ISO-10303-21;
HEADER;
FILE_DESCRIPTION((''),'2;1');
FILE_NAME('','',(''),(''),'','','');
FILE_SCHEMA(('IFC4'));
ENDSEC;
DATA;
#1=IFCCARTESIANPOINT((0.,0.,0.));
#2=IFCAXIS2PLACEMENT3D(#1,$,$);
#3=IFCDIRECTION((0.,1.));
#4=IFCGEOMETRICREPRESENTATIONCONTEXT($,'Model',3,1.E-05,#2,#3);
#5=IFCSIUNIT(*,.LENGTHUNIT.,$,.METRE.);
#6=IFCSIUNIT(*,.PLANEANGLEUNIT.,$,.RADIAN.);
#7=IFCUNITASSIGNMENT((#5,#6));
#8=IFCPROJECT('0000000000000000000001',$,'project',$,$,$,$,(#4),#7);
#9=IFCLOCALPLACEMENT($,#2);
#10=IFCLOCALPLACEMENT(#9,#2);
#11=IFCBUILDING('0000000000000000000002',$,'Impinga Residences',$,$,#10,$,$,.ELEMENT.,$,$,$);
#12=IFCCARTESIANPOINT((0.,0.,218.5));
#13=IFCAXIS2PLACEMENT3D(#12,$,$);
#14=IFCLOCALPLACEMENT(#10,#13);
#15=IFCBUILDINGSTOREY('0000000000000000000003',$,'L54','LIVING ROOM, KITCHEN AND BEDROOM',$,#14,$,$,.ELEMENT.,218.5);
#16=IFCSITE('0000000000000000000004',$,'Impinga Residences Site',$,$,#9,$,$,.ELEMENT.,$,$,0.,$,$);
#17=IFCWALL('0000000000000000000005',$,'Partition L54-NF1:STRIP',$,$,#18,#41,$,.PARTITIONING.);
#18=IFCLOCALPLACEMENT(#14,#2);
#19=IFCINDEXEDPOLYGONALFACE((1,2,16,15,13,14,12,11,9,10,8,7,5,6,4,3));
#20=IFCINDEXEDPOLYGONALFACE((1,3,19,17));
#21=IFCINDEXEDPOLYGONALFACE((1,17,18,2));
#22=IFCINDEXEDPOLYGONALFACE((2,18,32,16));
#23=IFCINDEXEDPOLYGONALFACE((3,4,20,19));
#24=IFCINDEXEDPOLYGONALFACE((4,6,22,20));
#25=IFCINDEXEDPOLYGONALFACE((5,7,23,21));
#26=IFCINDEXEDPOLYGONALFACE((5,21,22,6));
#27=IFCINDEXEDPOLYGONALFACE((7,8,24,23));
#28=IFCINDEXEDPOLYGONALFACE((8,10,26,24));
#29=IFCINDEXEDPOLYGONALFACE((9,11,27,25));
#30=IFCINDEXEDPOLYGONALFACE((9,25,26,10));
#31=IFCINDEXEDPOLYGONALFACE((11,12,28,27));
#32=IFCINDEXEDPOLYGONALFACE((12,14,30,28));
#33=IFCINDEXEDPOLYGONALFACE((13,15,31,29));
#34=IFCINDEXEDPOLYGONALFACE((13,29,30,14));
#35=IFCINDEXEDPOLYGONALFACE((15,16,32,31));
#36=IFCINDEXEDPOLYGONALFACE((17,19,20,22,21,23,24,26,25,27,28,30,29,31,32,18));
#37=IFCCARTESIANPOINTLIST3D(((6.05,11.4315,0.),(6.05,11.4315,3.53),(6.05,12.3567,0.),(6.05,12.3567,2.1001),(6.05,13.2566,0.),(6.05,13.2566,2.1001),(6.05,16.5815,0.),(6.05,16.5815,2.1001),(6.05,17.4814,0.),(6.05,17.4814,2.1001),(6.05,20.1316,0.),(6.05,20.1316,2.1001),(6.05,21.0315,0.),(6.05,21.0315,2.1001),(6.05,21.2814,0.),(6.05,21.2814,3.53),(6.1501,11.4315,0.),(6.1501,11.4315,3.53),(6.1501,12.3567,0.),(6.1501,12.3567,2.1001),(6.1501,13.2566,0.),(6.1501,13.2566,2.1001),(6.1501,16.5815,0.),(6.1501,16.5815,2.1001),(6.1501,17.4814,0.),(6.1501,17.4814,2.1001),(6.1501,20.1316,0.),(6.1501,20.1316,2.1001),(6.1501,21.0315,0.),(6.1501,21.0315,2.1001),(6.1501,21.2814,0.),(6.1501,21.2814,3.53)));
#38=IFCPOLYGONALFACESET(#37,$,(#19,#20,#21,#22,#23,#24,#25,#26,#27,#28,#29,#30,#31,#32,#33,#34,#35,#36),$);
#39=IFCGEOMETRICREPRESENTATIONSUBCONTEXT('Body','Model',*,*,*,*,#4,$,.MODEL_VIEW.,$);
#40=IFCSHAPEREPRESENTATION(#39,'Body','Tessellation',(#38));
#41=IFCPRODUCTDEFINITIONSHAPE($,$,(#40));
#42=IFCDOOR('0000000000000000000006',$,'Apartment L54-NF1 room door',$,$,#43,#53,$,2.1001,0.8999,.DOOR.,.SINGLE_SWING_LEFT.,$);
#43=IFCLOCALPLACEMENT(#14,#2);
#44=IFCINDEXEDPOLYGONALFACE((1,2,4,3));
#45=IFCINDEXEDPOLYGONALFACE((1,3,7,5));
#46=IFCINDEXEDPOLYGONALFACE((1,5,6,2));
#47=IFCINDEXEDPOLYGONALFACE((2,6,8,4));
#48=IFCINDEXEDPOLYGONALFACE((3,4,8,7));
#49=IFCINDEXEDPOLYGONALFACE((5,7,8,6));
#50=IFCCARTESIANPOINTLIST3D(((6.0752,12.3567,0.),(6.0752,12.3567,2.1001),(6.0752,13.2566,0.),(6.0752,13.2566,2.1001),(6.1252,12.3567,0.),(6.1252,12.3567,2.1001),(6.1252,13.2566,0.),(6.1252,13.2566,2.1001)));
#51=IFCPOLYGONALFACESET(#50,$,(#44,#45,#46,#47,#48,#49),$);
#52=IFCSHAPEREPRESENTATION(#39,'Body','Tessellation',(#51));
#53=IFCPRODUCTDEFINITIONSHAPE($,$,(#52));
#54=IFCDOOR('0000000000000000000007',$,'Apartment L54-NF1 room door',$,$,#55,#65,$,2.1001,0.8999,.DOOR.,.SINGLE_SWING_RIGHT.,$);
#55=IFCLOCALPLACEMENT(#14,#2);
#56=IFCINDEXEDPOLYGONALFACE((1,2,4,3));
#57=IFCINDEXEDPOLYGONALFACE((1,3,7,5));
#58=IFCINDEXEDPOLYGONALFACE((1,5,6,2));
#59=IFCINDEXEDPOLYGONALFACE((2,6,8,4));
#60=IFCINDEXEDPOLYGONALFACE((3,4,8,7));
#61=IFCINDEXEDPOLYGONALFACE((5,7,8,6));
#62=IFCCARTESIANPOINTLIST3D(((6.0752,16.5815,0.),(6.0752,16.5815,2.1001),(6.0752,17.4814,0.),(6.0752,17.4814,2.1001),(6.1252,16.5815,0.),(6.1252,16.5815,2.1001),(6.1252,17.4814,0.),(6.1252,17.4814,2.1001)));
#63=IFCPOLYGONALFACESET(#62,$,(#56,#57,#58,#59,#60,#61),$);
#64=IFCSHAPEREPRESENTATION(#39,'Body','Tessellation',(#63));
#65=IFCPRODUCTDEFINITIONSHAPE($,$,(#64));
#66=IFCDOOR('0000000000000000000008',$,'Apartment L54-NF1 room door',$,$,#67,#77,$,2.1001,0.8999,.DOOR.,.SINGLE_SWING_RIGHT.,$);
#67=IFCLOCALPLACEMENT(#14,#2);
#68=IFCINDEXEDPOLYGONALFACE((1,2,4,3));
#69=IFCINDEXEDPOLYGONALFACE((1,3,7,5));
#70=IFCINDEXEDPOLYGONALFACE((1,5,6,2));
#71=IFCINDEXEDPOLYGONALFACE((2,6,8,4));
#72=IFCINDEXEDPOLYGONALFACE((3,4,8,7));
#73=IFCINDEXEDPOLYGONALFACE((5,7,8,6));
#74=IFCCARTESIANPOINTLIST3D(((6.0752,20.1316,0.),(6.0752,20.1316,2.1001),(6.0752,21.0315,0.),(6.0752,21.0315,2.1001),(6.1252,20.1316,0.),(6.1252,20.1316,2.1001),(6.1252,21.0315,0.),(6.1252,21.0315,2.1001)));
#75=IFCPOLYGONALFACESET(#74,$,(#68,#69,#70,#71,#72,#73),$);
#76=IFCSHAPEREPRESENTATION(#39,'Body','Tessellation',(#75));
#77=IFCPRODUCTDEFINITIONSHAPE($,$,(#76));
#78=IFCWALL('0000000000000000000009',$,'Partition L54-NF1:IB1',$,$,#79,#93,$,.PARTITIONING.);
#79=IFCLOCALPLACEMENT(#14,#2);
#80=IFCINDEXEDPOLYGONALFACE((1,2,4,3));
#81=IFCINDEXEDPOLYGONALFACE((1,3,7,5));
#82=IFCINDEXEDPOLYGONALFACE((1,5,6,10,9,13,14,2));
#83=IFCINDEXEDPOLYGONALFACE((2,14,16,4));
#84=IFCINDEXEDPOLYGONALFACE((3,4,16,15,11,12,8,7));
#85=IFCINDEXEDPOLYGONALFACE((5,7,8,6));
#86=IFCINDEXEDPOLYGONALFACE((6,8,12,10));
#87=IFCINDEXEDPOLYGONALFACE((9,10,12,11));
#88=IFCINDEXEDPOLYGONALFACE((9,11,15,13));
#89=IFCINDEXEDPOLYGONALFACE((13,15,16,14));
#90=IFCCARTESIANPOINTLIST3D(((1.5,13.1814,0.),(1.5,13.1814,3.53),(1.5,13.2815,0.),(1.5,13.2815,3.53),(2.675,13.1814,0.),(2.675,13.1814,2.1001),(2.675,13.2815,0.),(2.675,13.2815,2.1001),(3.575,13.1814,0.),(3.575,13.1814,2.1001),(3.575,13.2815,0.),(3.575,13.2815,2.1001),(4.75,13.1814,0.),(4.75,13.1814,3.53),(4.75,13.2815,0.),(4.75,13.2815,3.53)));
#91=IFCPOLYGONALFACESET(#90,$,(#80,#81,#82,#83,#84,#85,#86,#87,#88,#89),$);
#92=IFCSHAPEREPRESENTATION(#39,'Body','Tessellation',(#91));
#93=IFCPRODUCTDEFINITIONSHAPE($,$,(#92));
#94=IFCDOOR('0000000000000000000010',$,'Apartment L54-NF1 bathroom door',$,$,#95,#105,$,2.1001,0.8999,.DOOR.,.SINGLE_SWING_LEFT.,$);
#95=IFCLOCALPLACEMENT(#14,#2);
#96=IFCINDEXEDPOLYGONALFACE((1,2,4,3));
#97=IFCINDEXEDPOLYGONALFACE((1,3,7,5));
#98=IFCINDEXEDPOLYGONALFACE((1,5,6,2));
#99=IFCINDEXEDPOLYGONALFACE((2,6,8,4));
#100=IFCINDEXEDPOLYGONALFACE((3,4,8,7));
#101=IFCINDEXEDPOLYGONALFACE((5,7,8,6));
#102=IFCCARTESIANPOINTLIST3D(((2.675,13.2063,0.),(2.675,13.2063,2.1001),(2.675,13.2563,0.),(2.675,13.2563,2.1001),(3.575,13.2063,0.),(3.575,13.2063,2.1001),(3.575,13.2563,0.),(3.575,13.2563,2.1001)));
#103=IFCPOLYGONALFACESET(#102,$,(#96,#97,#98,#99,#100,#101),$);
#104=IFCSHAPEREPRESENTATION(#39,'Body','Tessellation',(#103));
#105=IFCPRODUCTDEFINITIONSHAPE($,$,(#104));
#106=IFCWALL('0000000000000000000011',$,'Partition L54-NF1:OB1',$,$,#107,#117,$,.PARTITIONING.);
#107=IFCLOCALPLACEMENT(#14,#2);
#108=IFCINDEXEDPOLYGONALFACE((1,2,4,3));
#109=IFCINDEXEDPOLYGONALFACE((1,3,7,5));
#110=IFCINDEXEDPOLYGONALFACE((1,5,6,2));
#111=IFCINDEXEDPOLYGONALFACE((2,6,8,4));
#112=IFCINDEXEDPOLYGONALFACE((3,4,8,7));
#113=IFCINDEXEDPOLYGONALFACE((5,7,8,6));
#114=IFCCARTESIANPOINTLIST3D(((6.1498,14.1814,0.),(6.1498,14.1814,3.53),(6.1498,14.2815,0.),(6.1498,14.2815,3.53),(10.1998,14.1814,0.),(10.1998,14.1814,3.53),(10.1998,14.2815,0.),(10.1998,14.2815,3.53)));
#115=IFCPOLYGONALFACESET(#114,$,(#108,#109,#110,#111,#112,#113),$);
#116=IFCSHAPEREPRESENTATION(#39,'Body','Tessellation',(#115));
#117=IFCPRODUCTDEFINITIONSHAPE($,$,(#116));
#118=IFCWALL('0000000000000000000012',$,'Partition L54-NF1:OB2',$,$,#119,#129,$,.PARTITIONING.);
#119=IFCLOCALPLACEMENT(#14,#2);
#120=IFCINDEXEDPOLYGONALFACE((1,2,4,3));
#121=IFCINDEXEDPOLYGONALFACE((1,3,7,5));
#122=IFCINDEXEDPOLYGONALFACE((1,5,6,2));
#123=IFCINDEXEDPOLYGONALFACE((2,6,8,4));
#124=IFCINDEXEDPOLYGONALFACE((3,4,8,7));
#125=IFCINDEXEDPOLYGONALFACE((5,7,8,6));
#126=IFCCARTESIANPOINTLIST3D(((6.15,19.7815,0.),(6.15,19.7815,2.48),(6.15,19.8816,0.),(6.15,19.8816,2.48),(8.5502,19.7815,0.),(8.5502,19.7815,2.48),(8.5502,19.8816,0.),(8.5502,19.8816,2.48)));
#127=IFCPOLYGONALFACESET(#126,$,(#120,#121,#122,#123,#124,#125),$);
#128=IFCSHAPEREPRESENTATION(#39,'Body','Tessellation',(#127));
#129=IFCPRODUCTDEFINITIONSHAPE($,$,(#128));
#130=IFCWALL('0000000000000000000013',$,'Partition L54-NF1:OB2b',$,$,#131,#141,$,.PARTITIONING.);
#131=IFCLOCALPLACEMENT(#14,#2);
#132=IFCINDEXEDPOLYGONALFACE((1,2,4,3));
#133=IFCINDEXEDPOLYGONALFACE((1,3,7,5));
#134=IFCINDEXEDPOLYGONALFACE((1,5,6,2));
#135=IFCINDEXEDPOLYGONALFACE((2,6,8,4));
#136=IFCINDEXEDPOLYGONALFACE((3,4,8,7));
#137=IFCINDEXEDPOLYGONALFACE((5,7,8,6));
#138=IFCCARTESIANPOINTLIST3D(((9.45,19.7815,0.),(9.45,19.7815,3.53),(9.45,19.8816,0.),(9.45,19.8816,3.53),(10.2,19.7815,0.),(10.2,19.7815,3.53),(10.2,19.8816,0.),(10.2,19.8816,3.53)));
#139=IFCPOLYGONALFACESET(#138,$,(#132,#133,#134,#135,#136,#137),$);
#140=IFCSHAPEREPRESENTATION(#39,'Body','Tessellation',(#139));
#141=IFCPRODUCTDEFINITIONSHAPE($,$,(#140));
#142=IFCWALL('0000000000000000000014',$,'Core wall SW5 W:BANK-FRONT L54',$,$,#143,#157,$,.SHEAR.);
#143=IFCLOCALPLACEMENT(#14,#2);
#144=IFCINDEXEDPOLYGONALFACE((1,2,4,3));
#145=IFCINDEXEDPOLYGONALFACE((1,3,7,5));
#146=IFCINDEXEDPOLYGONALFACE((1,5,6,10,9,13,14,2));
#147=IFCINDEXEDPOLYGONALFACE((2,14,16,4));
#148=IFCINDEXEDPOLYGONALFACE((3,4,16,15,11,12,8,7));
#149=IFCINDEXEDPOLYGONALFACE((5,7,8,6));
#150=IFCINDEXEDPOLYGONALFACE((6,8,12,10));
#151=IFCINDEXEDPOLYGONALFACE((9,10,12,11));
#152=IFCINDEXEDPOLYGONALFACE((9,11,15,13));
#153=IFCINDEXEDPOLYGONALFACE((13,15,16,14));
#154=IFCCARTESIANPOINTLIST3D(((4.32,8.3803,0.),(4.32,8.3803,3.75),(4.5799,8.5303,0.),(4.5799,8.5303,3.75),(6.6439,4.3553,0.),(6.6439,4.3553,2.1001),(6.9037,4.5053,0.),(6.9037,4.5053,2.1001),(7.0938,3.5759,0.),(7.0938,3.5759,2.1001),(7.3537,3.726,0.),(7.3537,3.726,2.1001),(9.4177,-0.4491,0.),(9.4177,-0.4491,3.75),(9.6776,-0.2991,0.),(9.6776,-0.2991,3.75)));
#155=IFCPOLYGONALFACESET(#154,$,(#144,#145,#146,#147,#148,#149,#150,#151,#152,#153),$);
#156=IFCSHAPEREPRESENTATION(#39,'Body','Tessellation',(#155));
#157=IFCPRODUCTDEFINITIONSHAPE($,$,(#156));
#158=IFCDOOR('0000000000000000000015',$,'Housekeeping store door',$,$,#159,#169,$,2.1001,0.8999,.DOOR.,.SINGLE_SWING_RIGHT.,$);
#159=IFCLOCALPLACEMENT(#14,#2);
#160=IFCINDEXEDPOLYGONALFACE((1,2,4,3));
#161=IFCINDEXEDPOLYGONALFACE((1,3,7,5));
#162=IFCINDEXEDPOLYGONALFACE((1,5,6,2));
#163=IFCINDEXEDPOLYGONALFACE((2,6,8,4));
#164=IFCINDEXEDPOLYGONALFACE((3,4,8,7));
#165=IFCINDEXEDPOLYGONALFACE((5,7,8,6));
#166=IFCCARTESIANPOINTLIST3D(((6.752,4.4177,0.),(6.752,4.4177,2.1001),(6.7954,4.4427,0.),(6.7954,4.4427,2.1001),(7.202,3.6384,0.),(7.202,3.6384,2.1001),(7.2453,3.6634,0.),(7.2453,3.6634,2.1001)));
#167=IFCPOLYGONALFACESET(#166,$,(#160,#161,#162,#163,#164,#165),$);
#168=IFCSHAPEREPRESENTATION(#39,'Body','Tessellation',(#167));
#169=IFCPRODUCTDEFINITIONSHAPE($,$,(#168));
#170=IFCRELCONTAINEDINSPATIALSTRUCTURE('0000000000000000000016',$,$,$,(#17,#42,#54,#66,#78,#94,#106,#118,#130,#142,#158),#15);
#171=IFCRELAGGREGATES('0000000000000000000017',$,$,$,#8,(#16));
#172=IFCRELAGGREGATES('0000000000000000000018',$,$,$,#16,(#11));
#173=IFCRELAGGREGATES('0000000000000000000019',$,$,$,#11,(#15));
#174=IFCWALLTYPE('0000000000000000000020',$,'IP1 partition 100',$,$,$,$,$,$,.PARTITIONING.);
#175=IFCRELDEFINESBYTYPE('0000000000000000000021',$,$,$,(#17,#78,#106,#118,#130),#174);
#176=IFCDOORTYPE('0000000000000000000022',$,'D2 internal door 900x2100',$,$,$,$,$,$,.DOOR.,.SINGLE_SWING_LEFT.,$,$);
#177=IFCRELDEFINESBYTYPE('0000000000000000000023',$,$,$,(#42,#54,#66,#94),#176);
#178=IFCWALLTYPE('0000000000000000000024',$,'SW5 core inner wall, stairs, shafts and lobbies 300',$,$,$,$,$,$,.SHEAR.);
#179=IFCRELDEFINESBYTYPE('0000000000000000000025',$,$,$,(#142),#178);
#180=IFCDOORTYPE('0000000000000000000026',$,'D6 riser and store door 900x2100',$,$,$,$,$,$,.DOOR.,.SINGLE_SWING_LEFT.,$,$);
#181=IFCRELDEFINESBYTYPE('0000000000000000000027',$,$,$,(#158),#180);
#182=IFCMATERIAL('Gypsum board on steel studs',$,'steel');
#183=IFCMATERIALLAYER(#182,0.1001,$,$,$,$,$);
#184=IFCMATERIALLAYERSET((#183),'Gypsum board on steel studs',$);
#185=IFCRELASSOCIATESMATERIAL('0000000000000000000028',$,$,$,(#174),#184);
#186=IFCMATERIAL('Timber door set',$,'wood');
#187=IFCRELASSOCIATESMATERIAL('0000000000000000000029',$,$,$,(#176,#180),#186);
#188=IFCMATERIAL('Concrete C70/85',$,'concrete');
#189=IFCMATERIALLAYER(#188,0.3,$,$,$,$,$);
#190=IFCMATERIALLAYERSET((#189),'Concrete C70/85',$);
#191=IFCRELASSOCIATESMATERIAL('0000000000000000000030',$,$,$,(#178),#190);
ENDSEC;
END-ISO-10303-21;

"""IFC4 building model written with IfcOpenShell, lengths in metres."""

from ifc_helpers import new_model, si_unit, direction, frame, frame_2d, origin, place, context, subcontext, project, spatial, rectangle, extrude, material, layer, layer_set, type_object, element, fill, save


model = new_model("IFC4")

# Units and contexts
model_context = context("Model", 3, precision=1e-05, world=origin(), true_north=direction((0.0, 1.0)))
body_context = subcontext(model_context, "Body", "Model", "MODEL_VIEW")
ifc_project = project(units=[si_unit("LENGTHUNIT", "METRE"), si_unit("PLANEANGLEUNIT", "RADIAN")], contexts=[model_context])

# Site, building, storey
site_placement = place(None, origin())
site = spatial("IfcSite", under=ifc_project, at=site_placement, Name="Impinga Residences Site", CompositionType="ELEMENT", RefElevation=0.0)
building_placement = place(site_placement, origin())
building = spatial("IfcBuilding", under=site, at=building_placement, Name="Impinga Residences", CompositionType="ELEMENT")
storey_placement = place(building_placement, frame((0.0, 0.0, 218.5)))
storey = spatial("IfcBuildingStorey", under=building, at=storey_placement, Name="L54", Description="LIVING ROOM, KITCHEN AND BEDROOM", CompositionType="ELEMENT", Elevation=218.5)

# Shared definitions
ifc_material_1 = material(Name="Timber door set", Category="wood")

# Shared definitions
ifc_material_2 = material(Name="Gypsum board on steel studs", Category="steel")
ifc_layer_1 = layer(ifc_material_2, 0.1001)
ifc_layer_set_1 = layer_set([ifc_layer_1], Name="Gypsum board on steel studs")
wall_type_1 = type_object("IfcWallType", Name="IP1 partition 100", PredefinedType="PARTITIONING", material=ifc_layer_set_1)

# Wall, openings, doors
wall_1_placement = place(storey_placement, frame((6.1001, 11.4316, 0.0), z_axis=(0.0, 0.0, 1.0), x_axis=(0.0, 1.0, 0.0)))
wall_1 = element("IfcWall", 1, at=wall_1_placement, inside=storey, type_object=wall_type_1, Name="Partition L54-NF1:STRIP", PredefinedType="PARTITIONING", context=body_context, shape_type="SweptSolid", body=[
    extrude(rectangle(XDim=9.8499, YDim=0.1001, at=frame_2d((4.9248, 0.0))), origin(), (0.0, 0.0, 1.0), 3.53),
])
opening_1_placement = place(wall_1_placement, frame((0.925, 0.0, 0.0)))
opening_1 = element("IfcOpeningElement", 2, at=opening_1_placement, cuts=wall_1, PredefinedType="OPENING", context=body_context, shape_type="SweptSolid", body=[
    extrude(rectangle(XDim=0.8999, YDim=2.1001, at=frame_2d((0.45, 1.05))), frame((0.0, 0.0601, 0.0), z_axis=(0.0, -1.0, 0.0), x_axis=(1.0, 0.0, 0.0)), (0.0, 0.0, 1.0), 0.1201),
])
opening_2_placement = place(wall_1_placement, frame((5.1499, 0.0, 0.0)))
opening_2 = element("IfcOpeningElement", 3, at=opening_2_placement, cuts=wall_1, PredefinedType="OPENING", context=body_context, shape_type="SweptSolid", body=[
    extrude(rectangle(XDim=0.8999, YDim=2.1001, at=frame_2d((0.45, 1.05))), frame((0.0, 0.0601, 0.0), z_axis=(0.0, -1.0, 0.0), x_axis=(1.0, 0.0, 0.0)), (0.0, 0.0, 1.0), 0.1201),
])
opening_3_placement = place(wall_1_placement, frame((8.7, 0.0, 0.0)))
opening_3 = element("IfcOpeningElement", 4, at=opening_3_placement, cuts=wall_1, PredefinedType="OPENING", context=body_context, shape_type="SweptSolid", body=[
    extrude(rectangle(XDim=0.8999, YDim=2.1001, at=frame_2d((0.45, 1.05))), frame((0.0, 0.0601, 0.0), z_axis=(0.0, -1.0, 0.0), x_axis=(1.0, 0.0, 0.0)), (0.0, 0.0, 1.0), 0.1201),
])
door_type_1 = type_object("IfcDoorType", Name="D2 internal door 900x2100", OperationType="SINGLE_SWING_LEFT", PredefinedType="DOOR", material=ifc_material_1)
door_1_placement = place(opening_1_placement, origin())
door_1 = element("IfcDoor", 5, at=door_1_placement, inside=storey, type_object=door_type_1, Name="Apartment L54-NF1 room door", OperationType="SINGLE_SWING_LEFT", OverallHeight=2.1001, OverallWidth=0.8999, PredefinedType="DOOR", context=body_context, shape_type="SweptSolid", body=[
    extrude(rectangle(XDim=0.8999, YDim=2.1001, at=frame_2d((0.45, 1.05))), frame((0.0, 0.0249, 0.0), z_axis=(0.0, -1.0, 0.0), x_axis=(1.0, 0.0, 0.0)), (0.0, 0.0, 1.0), 0.05),
])
fill(opening_1, door_1)
door_2_placement = place(opening_2_placement, origin())
door_2 = element("IfcDoor", 6, at=door_2_placement, inside=storey, type_object=door_type_1, Name="Apartment L54-NF1 room door", OperationType="SINGLE_SWING_RIGHT", OverallHeight=2.1001, OverallWidth=0.8999, PredefinedType="DOOR", context=body_context, shape_type="SweptSolid", body=[
    extrude(rectangle(XDim=0.8999, YDim=2.1001, at=frame_2d((0.45, 1.05))), frame((0.0, 0.0249, 0.0), z_axis=(0.0, -1.0, 0.0), x_axis=(1.0, 0.0, 0.0)), (0.0, 0.0, 1.0), 0.05),
])
fill(opening_2, door_2)
door_3_placement = place(opening_3_placement, origin())
door_3 = element("IfcDoor", 7, at=door_3_placement, inside=storey, type_object=door_type_1, Name="Apartment L54-NF1 room door", OperationType="SINGLE_SWING_RIGHT", OverallHeight=2.1001, OverallWidth=0.8999, PredefinedType="DOOR", context=body_context, shape_type="SweptSolid", body=[
    extrude(rectangle(XDim=0.8999, YDim=2.1001, at=frame_2d((0.45, 1.05))), frame((0.0, 0.0249, 0.0), z_axis=(0.0, -1.0, 0.0), x_axis=(1.0, 0.0, 0.0)), (0.0, 0.0, 1.0), 0.05),
])
fill(opening_3, door_3)

# Wall, opening, door
wall_2_placement = place(storey_placement, frame((1.5, 13.2314, 0.0), z_axis=(0.0, 0.0, 1.0), x_axis=(1.0, 0.0, 0.0)))
wall_2 = element("IfcWall", 8, at=wall_2_placement, inside=storey, type_object=wall_type_1, Name="Partition L54-NF1:IB1", PredefinedType="PARTITIONING", context=body_context, shape_type="SweptSolid", body=[
    extrude(rectangle(XDim=3.25, YDim=0.1001, at=frame_2d((1.625, 0.0))), origin(), (0.0, 0.0, 1.0), 3.53),
])
opening_4_placement = place(wall_2_placement, frame((1.175, 0.0, 0.0)))
opening_4 = element("IfcOpeningElement", 9, at=opening_4_placement, cuts=wall_2, PredefinedType="OPENING", context=body_context, shape_type="SweptSolid", body=[
    extrude(rectangle(XDim=0.8999, YDim=2.1001, at=frame_2d((0.45, 1.05))), frame((0.0, 0.0601, 0.0), z_axis=(0.0, -1.0, 0.0), x_axis=(1.0, 0.0, 0.0)), (0.0, 0.0, 1.0), 0.1201),
])
door_4_placement = place(opening_4_placement, origin())
door_4 = element("IfcDoor", 10, at=door_4_placement, inside=storey, type_object=door_type_1, Name="Apartment L54-NF1 bathroom door", OperationType="SINGLE_SWING_LEFT", OverallHeight=2.1001, OverallWidth=0.8999, PredefinedType="DOOR", context=body_context, shape_type="SweptSolid", body=[
    extrude(rectangle(XDim=0.8999, YDim=2.1001, at=frame_2d((0.45, 1.05))), frame((0.0, 0.0249, 0.0), z_axis=(0.0, -1.0, 0.0), x_axis=(1.0, 0.0, 0.0)), (0.0, 0.0, 1.0), 0.05),
])
fill(opening_4, door_4)

# Walls
wall_3_placement = place(storey_placement, frame((6.1499, 14.2314, 0.0), z_axis=(0.0, 0.0, 1.0), x_axis=(1.0, 0.0, 0.0)))
element("IfcWall", 11, at=wall_3_placement, inside=storey, type_object=wall_type_1, Name="Partition L54-NF1:OB1", PredefinedType="PARTITIONING", context=body_context, shape_type="SweptSolid", body=[
    extrude(rectangle(XDim=4.05, YDim=0.1001, at=frame_2d((2.0249, 0.0))), origin(), (0.0, 0.0, 1.0), 3.53),
])
wall_4_placement = place(storey_placement, frame((6.1499, 19.8315, 0.0), z_axis=(0.0, 0.0, 1.0), x_axis=(1.0, 0.0, 0.0)))
element("IfcWall", 12, at=wall_4_placement, inside=storey, type_object=wall_type_1, Name="Partition L54-NF1:OB2", PredefinedType="PARTITIONING", context=body_context, shape_type="SweptSolid", body=[
    extrude(rectangle(XDim=2.4001, YDim=0.1001, at=frame_2d((1.2002, 0.0))), origin(), (0.0, 0.0, 1.0), 2.48),
])
wall_5_placement = place(storey_placement, frame((9.45, 19.8315, 0.0), z_axis=(0.0, 0.0, 1.0), x_axis=(1.0, 0.0, 0.0)))
element("IfcWall", 13, at=wall_5_placement, inside=storey, type_object=wall_type_1, Name="Partition L54-NF1:OB2b", PredefinedType="PARTITIONING", context=body_context, shape_type="SweptSolid", body=[
    extrude(rectangle(XDim=0.75, YDim=0.1001, at=frame_2d((0.375, 0.0))), origin(), (0.0, 0.0, 1.0), 3.53),
])

# Wall, opening, door
ifc_material_3 = material(Name="Concrete C70/85", Category="concrete")
ifc_layer_2 = layer(ifc_material_3, 0.3)
ifc_layer_set_2 = layer_set([ifc_layer_2], Name="Concrete C70/85")
wall_type_2 = type_object("IfcWallType", Name="SW5 core inner wall, stairs, shafts and lobbies 300", PredefinedType="SHEAR", material=ifc_layer_set_2)
wall_6_placement = place(storey_placement, frame((4.45, 8.4553, 0.0), z_axis=(0.0, 0.0, 1.0), x_axis=(0.500002, -0.866024, 0.0)))
wall_6 = element("IfcWall", 14, at=wall_6_placement, inside=storey, type_object=wall_type_2, Name="Core wall SW5 W:BANK-FRONT L54", PredefinedType="SHEAR", context=body_context, shape_type="SweptSolid", body=[
    extrude(rectangle(XDim=10.1953, YDim=0.3, at=frame_2d((5.0977, 0.0))), origin(), (0.0, 0.0, 1.0), 3.75),
])
opening_5_placement = place(wall_6_placement, frame((4.6477, 0.0, 0.0)))
opening_5 = element("IfcOpeningElement", 15, at=opening_5_placement, cuts=wall_6, PredefinedType="OPENING", context=body_context, shape_type="SweptSolid", body=[
    extrude(rectangle(XDim=0.8999, YDim=2.1001, at=frame_2d((0.45, 1.05))), frame((0.0, 0.1599, 0.0), z_axis=(0.0, -1.0, 0.0), x_axis=(1.0, 0.0, 0.0)), (0.0, 0.0, 1.0), 0.3201),
])
door_type_2 = type_object("IfcDoorType", Name="D6 riser and store door 900x2100", OperationType="SINGLE_SWING_LEFT", PredefinedType="DOOR", material=ifc_material_1)
door_5_placement = place(opening_5_placement, origin())
door_5 = element("IfcDoor", 16, at=door_5_placement, inside=storey, type_object=door_type_2, Name="Housekeeping store door", OperationType="SINGLE_SWING_RIGHT", OverallHeight=2.1001, OverallWidth=0.8999, PredefinedType="DOOR", context=body_context, shape_type="SweptSolid", body=[
    extrude(rectangle(XDim=0.8999, YDim=2.1001, at=frame_2d((0.45, 1.05))), frame((0.0, 0.0249, 0.0), z_axis=(0.0, -1.0, 0.0), x_axis=(1.0, 0.0, 0.0)), (0.0, 0.0, 1.0), 0.05),
])
fill(opening_5, door_5)

save(model, "model.ifc")
